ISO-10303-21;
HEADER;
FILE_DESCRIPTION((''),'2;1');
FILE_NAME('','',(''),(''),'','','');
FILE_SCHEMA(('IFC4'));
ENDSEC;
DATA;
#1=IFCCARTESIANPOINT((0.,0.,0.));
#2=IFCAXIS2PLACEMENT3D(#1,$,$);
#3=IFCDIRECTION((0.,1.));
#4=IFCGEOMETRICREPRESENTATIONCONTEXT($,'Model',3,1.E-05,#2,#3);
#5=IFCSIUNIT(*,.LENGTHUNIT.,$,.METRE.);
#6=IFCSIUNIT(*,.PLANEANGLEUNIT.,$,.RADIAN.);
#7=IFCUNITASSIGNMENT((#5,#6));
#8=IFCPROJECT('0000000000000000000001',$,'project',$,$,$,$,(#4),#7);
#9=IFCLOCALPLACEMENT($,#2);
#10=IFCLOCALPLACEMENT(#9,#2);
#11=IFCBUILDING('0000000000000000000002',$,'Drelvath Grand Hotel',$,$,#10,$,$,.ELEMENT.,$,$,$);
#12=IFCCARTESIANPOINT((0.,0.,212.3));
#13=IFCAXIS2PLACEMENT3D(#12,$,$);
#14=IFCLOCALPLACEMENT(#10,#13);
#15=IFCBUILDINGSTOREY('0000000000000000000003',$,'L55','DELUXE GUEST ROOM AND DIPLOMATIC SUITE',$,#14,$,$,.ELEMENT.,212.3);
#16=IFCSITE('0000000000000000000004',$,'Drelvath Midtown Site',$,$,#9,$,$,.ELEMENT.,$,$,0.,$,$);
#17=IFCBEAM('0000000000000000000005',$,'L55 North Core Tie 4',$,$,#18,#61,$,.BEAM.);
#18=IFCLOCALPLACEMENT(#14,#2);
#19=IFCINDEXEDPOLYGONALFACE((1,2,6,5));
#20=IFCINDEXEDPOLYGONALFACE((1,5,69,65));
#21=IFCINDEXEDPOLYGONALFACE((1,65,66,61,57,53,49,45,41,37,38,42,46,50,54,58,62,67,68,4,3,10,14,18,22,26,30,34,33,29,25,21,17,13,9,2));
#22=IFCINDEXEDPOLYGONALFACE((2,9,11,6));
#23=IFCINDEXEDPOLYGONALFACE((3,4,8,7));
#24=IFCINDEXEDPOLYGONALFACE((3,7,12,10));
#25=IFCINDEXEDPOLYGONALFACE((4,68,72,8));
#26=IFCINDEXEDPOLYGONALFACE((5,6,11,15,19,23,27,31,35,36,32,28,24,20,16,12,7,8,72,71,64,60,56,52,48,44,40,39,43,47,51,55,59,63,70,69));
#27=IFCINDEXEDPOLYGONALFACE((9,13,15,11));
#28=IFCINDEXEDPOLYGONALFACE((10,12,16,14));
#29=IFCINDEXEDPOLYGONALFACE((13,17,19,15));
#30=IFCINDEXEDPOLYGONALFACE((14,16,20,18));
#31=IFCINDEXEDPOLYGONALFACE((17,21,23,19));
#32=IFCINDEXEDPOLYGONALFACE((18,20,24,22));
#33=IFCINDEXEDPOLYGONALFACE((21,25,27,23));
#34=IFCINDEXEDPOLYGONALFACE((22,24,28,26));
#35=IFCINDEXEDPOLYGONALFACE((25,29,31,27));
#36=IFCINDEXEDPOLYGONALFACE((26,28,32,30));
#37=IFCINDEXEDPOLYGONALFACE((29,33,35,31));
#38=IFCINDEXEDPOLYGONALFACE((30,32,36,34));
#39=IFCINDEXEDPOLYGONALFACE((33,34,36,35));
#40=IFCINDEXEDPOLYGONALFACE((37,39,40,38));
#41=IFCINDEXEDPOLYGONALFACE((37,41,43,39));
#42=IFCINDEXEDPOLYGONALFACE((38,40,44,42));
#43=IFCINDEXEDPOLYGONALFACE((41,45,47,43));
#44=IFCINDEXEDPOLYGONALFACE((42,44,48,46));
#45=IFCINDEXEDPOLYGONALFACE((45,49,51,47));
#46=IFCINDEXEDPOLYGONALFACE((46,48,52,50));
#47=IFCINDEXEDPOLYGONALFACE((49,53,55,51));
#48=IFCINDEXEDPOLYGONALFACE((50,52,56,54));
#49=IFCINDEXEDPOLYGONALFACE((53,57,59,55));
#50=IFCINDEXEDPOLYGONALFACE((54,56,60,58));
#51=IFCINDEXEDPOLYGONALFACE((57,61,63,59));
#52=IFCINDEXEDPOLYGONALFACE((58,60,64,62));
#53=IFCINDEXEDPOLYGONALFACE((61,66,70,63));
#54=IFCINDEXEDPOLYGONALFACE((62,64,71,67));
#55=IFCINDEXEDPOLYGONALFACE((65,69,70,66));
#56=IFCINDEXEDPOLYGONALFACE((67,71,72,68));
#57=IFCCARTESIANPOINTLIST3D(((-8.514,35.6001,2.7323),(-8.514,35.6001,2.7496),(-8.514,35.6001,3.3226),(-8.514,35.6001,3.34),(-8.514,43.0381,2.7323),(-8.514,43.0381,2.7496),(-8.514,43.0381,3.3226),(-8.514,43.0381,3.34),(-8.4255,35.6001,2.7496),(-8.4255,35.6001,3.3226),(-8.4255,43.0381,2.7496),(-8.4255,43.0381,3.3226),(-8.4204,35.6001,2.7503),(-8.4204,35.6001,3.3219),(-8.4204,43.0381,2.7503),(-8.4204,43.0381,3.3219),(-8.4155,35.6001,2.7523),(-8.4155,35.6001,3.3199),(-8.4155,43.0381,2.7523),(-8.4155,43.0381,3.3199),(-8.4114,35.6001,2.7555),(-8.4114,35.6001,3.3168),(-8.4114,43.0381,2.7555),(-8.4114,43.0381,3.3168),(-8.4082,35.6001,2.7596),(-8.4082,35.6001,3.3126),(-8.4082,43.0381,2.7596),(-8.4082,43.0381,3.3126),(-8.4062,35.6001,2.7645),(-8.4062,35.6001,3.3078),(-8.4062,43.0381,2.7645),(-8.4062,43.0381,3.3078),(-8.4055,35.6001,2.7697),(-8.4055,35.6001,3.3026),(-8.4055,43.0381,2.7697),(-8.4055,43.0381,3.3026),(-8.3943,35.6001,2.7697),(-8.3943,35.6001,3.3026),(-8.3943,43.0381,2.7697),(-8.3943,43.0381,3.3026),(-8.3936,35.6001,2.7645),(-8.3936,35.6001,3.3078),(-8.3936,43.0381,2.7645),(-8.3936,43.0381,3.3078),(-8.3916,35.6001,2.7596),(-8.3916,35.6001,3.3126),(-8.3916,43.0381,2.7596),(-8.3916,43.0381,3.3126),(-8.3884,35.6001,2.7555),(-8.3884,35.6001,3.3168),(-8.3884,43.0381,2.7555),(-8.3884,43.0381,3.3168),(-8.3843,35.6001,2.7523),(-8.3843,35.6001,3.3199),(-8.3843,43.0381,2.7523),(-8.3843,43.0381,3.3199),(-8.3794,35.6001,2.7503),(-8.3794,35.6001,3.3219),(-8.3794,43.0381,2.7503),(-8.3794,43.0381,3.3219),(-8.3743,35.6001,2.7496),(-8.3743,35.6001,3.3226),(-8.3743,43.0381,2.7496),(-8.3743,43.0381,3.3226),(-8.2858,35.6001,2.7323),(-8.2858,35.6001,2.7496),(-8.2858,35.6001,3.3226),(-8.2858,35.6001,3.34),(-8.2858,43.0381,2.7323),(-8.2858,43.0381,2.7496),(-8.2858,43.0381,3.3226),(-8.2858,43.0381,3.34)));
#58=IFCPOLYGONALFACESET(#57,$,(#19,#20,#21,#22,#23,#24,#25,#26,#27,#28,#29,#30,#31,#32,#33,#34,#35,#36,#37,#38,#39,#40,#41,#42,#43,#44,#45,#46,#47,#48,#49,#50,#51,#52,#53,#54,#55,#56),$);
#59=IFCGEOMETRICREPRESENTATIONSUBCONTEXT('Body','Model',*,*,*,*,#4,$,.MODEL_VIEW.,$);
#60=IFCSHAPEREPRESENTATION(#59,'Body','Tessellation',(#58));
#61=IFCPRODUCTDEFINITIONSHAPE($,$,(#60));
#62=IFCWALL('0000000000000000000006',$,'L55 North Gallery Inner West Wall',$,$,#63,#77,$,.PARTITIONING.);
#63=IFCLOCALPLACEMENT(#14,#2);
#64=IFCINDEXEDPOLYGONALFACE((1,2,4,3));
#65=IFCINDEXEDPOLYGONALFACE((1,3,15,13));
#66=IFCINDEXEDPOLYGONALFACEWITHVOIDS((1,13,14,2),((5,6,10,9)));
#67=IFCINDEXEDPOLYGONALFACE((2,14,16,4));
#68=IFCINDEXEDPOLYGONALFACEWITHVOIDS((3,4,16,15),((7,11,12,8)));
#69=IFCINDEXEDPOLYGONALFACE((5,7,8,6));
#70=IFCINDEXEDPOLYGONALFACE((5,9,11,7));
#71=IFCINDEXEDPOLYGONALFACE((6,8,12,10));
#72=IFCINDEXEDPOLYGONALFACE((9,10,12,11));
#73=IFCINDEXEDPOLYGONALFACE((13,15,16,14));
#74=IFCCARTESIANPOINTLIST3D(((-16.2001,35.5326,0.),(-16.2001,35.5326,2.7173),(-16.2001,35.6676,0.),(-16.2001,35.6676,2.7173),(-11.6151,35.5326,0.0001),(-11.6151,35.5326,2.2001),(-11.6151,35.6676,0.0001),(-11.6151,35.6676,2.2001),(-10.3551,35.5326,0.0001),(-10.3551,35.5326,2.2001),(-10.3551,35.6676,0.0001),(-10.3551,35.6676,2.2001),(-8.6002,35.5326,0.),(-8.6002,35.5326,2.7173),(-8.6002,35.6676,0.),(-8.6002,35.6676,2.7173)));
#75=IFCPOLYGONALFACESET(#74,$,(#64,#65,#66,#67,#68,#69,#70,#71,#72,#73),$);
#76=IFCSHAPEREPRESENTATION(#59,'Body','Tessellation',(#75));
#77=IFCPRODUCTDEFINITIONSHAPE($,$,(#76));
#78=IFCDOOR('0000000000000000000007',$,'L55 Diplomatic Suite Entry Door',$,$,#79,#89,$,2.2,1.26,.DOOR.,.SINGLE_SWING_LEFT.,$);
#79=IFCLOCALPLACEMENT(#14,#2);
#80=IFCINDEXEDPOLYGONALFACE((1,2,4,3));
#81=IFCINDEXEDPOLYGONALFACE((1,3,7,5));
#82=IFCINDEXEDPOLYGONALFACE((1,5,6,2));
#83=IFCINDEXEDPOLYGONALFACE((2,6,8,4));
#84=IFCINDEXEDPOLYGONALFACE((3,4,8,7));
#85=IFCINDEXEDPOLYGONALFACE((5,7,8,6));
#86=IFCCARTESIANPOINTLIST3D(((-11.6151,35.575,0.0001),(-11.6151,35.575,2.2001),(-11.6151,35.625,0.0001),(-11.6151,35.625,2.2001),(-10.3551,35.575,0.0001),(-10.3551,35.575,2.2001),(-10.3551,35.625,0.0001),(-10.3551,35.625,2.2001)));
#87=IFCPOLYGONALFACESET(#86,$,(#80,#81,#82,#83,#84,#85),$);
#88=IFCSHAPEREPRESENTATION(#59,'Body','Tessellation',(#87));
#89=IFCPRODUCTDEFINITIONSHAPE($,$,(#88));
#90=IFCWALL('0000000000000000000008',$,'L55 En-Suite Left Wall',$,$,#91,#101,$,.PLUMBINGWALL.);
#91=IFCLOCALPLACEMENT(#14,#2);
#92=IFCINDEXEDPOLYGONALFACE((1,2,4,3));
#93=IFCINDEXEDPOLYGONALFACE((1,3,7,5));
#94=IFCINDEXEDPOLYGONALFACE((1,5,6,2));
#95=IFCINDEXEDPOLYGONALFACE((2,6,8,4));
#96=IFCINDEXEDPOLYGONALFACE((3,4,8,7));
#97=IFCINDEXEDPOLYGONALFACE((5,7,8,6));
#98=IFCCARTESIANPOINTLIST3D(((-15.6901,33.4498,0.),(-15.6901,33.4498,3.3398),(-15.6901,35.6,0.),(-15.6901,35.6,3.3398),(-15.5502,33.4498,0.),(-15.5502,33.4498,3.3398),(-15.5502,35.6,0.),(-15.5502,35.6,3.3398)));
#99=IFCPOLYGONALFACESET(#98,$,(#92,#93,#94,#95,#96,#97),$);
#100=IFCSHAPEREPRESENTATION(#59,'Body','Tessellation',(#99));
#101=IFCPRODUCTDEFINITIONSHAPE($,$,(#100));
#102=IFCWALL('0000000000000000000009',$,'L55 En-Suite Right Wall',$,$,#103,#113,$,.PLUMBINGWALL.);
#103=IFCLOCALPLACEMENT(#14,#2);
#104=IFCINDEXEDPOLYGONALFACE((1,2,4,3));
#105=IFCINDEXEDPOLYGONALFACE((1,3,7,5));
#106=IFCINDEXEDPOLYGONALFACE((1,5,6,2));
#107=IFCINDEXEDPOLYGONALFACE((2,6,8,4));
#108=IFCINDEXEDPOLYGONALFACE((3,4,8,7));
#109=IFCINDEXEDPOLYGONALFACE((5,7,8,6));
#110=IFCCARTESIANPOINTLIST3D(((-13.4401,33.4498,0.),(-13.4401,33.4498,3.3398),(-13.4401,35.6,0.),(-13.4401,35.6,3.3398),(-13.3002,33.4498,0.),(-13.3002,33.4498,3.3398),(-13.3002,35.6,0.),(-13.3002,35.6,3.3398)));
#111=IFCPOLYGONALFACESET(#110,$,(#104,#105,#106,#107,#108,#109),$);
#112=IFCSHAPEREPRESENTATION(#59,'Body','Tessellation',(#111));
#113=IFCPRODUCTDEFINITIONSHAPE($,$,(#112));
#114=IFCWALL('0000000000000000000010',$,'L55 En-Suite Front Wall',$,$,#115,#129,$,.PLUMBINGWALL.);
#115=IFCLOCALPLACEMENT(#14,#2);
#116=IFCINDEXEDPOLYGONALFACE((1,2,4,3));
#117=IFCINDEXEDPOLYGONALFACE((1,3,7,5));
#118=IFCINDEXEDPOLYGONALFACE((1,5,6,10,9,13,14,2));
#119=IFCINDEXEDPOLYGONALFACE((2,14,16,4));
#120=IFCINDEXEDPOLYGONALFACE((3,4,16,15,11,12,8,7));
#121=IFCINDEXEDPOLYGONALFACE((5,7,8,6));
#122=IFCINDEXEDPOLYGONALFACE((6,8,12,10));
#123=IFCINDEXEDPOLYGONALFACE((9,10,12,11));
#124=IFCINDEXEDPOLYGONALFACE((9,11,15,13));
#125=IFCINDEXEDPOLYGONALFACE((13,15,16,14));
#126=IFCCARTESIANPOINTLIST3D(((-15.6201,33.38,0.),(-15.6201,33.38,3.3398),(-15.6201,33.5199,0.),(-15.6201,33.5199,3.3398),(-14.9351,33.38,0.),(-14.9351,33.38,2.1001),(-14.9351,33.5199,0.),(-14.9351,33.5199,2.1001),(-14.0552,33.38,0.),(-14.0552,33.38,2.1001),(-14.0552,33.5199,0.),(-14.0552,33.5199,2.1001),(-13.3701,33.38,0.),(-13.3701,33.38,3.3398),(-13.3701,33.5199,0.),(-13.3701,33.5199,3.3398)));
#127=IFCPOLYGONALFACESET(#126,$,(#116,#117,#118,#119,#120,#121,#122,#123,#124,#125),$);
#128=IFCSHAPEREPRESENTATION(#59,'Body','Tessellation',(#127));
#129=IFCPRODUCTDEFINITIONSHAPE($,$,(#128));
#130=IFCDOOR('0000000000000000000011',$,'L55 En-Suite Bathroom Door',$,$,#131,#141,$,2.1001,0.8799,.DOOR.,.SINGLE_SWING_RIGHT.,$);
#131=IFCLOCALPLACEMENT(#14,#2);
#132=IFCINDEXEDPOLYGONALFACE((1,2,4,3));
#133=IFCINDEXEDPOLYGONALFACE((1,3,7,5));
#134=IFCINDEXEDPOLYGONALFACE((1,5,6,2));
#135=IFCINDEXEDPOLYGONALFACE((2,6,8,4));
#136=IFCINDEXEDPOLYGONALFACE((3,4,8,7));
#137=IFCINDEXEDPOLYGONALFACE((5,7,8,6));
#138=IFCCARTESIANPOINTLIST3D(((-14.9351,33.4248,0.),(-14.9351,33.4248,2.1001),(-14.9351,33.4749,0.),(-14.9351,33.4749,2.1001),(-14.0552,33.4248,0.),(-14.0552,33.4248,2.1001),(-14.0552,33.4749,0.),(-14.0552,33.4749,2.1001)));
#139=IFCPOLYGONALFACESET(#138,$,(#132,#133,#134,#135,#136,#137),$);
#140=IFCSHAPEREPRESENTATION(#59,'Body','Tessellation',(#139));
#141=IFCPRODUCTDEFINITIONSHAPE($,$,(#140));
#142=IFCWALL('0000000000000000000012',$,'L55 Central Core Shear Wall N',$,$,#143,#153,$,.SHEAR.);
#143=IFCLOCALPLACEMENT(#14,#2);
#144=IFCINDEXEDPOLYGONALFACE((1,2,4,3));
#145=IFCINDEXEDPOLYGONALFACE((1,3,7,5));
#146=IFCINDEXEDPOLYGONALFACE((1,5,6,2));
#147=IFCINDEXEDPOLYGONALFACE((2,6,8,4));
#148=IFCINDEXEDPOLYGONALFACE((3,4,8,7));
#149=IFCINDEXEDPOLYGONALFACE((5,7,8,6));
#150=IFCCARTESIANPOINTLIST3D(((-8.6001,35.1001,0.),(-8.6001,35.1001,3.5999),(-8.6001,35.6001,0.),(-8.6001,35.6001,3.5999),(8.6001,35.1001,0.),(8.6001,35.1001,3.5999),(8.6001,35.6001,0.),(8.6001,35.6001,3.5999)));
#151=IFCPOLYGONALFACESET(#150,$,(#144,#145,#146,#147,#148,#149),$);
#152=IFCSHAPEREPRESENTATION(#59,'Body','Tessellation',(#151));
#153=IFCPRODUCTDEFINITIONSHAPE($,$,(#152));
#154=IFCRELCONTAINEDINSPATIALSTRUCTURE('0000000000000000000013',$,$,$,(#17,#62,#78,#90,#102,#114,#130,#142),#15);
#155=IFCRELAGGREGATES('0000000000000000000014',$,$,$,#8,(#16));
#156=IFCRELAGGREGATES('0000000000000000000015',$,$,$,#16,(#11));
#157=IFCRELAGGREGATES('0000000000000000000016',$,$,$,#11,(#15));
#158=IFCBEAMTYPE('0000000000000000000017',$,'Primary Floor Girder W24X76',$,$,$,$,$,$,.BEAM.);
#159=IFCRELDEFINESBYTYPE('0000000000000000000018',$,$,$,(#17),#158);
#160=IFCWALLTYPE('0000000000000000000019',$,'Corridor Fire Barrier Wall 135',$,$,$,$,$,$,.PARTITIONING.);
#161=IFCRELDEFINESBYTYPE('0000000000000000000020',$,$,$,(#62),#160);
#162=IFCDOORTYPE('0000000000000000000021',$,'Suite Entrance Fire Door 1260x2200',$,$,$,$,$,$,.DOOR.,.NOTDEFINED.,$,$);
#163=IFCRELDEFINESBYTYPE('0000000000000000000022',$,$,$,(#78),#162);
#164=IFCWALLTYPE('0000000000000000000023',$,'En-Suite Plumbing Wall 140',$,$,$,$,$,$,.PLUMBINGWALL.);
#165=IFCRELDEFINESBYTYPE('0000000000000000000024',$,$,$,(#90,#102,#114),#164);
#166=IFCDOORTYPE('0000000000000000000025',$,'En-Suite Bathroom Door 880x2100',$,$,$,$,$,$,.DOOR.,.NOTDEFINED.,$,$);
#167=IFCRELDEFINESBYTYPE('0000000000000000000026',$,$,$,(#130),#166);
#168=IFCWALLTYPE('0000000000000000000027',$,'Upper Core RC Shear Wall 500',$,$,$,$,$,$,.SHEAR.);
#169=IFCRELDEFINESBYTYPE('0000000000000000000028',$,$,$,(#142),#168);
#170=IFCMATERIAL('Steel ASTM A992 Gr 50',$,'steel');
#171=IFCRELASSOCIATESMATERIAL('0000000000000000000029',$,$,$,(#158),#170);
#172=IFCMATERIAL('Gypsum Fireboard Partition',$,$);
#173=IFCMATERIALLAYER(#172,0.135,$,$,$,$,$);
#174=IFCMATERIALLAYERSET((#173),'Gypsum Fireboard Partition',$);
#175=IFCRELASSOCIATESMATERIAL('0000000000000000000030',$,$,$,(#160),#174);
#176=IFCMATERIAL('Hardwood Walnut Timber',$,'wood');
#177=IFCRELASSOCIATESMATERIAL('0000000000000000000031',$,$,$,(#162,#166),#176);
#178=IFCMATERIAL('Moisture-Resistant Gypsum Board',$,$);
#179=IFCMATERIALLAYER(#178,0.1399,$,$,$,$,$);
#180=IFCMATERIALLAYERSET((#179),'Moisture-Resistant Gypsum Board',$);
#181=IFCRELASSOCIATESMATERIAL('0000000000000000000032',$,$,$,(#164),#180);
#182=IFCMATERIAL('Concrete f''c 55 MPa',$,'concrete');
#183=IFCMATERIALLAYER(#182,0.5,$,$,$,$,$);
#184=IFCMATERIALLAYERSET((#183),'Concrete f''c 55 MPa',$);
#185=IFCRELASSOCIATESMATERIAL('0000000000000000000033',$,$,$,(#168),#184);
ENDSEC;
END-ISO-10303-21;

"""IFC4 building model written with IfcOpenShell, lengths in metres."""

from ifc_helpers import new_model, si_unit, direction, frame, frame_2d, origin, origin_2d, place, context, subcontext, project, spatial, rectangle, i_section, extrude, material, layer, layer_set, material_profile, profile_set, type_object, element, fill, save


model = new_model("IFC4")

# Units and contexts
model_context = context("Model", 3, precision=1e-05, world=origin(), true_north=direction((0.0, 1.0)))
body_context = subcontext(model_context, "Body", "Model", "MODEL_VIEW")
ifc_project = project(units=[si_unit("LENGTHUNIT", "METRE"), si_unit("PLANEANGLEUNIT", "RADIAN")], contexts=[model_context])

# Site, building, storey
site_placement = place(None, origin())
site = spatial("IfcSite", under=ifc_project, at=site_placement, Name="Drelvath Midtown Site", CompositionType="ELEMENT", RefElevation=0.0)
building_placement = place(site_placement, origin())
building = spatial("IfcBuilding", under=site, at=building_placement, Name="Drelvath Grand Hotel", CompositionType="ELEMENT")
storey_placement = place(building_placement, frame((0.0, 0.0, 212.3)))
storey = spatial("IfcBuildingStorey", under=building, at=storey_placement, Name="L55", Description="DELUXE GUEST ROOM AND DIPLOMATIC SUITE", CompositionType="ELEMENT", Elevation=212.3)

# Beam
ifc_material_1 = material(Name="Steel ASTM A992 Gr 50", Category="steel")
ifc_material_profile_1 = material_profile(ifc_material_1, i_section(OverallWidth=0.2283, OverallDepth=0.6077, WebThickness=0.0112, FlangeThickness=0.0173, FilletRadius=0.02, at=origin_2d()), Name="W24X76")
ifc_profile_set_1 = profile_set([ifc_material_profile_1], Name="Steel ASTM A992 Gr 50")
beam_type_1 = type_object("IfcBeamType", Name="Primary Floor Girder W24X76", PredefinedType="BEAM", material=ifc_profile_set_1)
for number, where, z_axis, x_axis, name in (
    (1, (-8.3999, 35.6001, 3.0361), (0.0, 1.0, 0.0), (-1.0, 0.0, 0.0), "L55 North Core Tie 4"),
):
    element("IfcBeam", number, at=place(storey_placement, frame(where, z_axis=z_axis, x_axis=x_axis)), inside=storey, type_object=beam_type_1, Name=name, PredefinedType="BEAM", context=body_context, shape_type="SweptSolid", body=[
        extrude(i_section(OverallWidth=0.2283, OverallDepth=0.6077, WebThickness=0.0112, FlangeThickness=0.0173, FilletRadius=0.02, at=origin_2d()), origin(), (0.0, 0.0, 1.0), 7.438),
    ])

# Wall, opening, door
ifc_material_2 = material(Name="Gypsum Fireboard Partition")
ifc_layer_1 = layer(ifc_material_2, 0.135)
ifc_layer_set_1 = layer_set([ifc_layer_1], Name="Gypsum Fireboard Partition")
wall_type_1 = type_object("IfcWallType", Name="Corridor Fire Barrier Wall 135", PredefinedType="PARTITIONING", material=ifc_layer_set_1)
wall_1_placement = place(storey_placement, frame((-16.2, 35.6001, 0.0), z_axis=(0.0, 0.0, 1.0), x_axis=(1.0, 0.0, 0.0)))
wall_1 = element("IfcWall", 2, at=wall_1_placement, inside=storey, type_object=wall_type_1, Name="L55 North Gallery Inner West Wall", PredefinedType="PARTITIONING", context=body_context, shape_type="SweptSolid", body=[
    extrude(rectangle(XDim=7.5999, YDim=0.135, at=frame_2d((3.7998, 0.0))), origin(), (0.0, 0.0, 1.0), 2.7173),
])
opening_1_placement = place(wall_1_placement, frame((4.585, 0.0, 0.0)))
opening_1 = element("IfcOpeningElement", 3, at=opening_1_placement, cuts=wall_1, PredefinedType="OPENING", context=body_context, shape_type="SweptSolid", body=[
    extrude(rectangle(XDim=1.26, YDim=2.2, at=frame_2d((0.6299, 1.1001))), frame((0.0, 0.0774, 0.0), z_axis=(0.0, -1.0, 0.0), x_axis=(1.0, 0.0, 0.0)), (0.0, 0.0, 1.0), 0.155),
])
ifc_material_3 = material(Name="Hardwood Walnut Timber", Category="wood")
door_type_1 = type_object("IfcDoorType", Name="Suite Entrance Fire Door 1260x2200", OperationType="NOTDEFINED", PredefinedType="DOOR", material=ifc_material_3)
door_1_placement = place(opening_1_placement, origin())
door_1 = element("IfcDoor", 4, at=door_1_placement, inside=storey, type_object=door_type_1, Name="L55 Diplomatic Suite Entry Door", OperationType="SINGLE_SWING_LEFT", OverallHeight=2.2, OverallWidth=1.26, PredefinedType="DOOR", context=body_context, shape_type="SweptSolid", body=[
    extrude(rectangle(XDim=1.26, YDim=2.2, at=frame_2d((0.6299, 1.1001))), frame((0.0, 0.0249, 0.0), z_axis=(0.0, -1.0, 0.0), x_axis=(1.0, 0.0, 0.0)), (0.0, 0.0, 1.0), 0.05),
])
fill(opening_1, door_1)

# Walls
ifc_material_4 = material(Name="Moisture-Resistant Gypsum Board")
ifc_layer_2 = layer(ifc_material_4, 0.1399)
ifc_layer_set_2 = layer_set([ifc_layer_2], Name="Moisture-Resistant Gypsum Board")
wall_type_2 = type_object("IfcWallType", Name="En-Suite Plumbing Wall 140", PredefinedType="PLUMBINGWALL", material=ifc_layer_set_2)
for number, where, z_axis, x_axis, name in (
    (5, (-15.6201, 35.6001, 0.0), (0.0, 0.0, 1.0), (0.0, -1.0, 0.0), "L55 En-Suite Left Wall"),
    (6, (-13.3701, 35.6001, 0.0), (0.0, 0.0, 1.0), (0.0, -1.0, 0.0), "L55 En-Suite Right Wall"),
):
    element("IfcWall", number, at=place(storey_placement, frame(where, z_axis=z_axis, x_axis=x_axis)), inside=storey, type_object=wall_type_2, Name=name, PredefinedType="PLUMBINGWALL", context=body_context, shape_type="SweptSolid", body=[
        extrude(rectangle(XDim=2.1501, YDim=0.1399, at=frame_2d((1.0752, 0.0))), origin(), (0.0, 0.0, 1.0), 3.3398),
    ])

# Wall, opening, door
wall_2_placement = place(storey_placement, frame((-15.6201, 33.45, 0.0), z_axis=(0.0, 0.0, 1.0), x_axis=(1.0, 0.0, 0.0)))
wall_2 = element("IfcWall", 7, at=wall_2_placement, inside=storey, type_object=wall_type_2, Name="L55 En-Suite Front Wall", PredefinedType="PLUMBINGWALL", context=body_context, shape_type="SweptSolid", body=[
    extrude(rectangle(XDim=2.25, YDim=0.1399, at=frame_2d((1.125, 0.0))), origin(), (0.0, 0.0, 1.0), 3.3398),
])
opening_2_placement = place(wall_2_placement, frame((0.6851, 0.0, 0.0)))
opening_2 = element("IfcOpeningElement", 8, at=opening_2_placement, cuts=wall_2, PredefinedType="OPENING", context=body_context, shape_type="SweptSolid", body=[
    extrude(rectangle(XDim=0.8799, YDim=2.1001, at=frame_2d((0.4399, 1.05))), frame((0.0, 0.0798, 0.0), z_axis=(0.0, -1.0, 0.0), x_axis=(1.0, 0.0, 0.0)), (0.0, 0.0, 1.0), 0.1599),
])
door_type_2 = type_object("IfcDoorType", Name="En-Suite Bathroom Door 880x2100", OperationType="NOTDEFINED", PredefinedType="DOOR", material=ifc_material_3)
door_2_placement = place(opening_2_placement, origin())
door_2 = element("IfcDoor", 9, at=door_2_placement, inside=storey, type_object=door_type_2, Name="L55 En-Suite Bathroom Door", OperationType="SINGLE_SWING_RIGHT", OverallHeight=2.1001, OverallWidth=0.8799, PredefinedType="DOOR", context=body_context, shape_type="SweptSolid", body=[
    extrude(rectangle(XDim=0.8799, YDim=2.1001, at=frame_2d((0.4399, 1.05))), frame((0.0, 0.0249, 0.0), z_axis=(0.0, -1.0, 0.0), x_axis=(1.0, 0.0, 0.0)), (0.0, 0.0, 1.0), 0.05),
])
fill(opening_2, door_2)

# Wall
ifc_material_5 = material(Name="Concrete f'c 55 MPa", Category="concrete")
ifc_layer_3 = layer(ifc_material_5, 0.5)
ifc_layer_set_3 = layer_set([ifc_layer_3], Name="Concrete f'c 55 MPa")
wall_type_3 = type_object("IfcWallType", Name="Upper Core RC Shear Wall 500", PredefinedType="SHEAR", material=ifc_layer_set_3)
wall_3_placement = place(storey_placement, frame((-8.6001, 35.3501, 0.0), z_axis=(0.0, 0.0, 1.0), x_axis=(1.0, 0.0, 0.0)))
element("IfcWall", 10, at=wall_3_placement, inside=storey, type_object=wall_type_3, Name="L55 Central Core Shear Wall N", PredefinedType="SHEAR", context=body_context, shape_type="SweptSolid", body=[
    extrude(rectangle(XDim=17.2002, YDim=0.5, at=frame_2d((8.6001, 0.0))), origin(), (0.0, 0.0, 1.0), 3.5999),
])

save(model, "model.ifc")
